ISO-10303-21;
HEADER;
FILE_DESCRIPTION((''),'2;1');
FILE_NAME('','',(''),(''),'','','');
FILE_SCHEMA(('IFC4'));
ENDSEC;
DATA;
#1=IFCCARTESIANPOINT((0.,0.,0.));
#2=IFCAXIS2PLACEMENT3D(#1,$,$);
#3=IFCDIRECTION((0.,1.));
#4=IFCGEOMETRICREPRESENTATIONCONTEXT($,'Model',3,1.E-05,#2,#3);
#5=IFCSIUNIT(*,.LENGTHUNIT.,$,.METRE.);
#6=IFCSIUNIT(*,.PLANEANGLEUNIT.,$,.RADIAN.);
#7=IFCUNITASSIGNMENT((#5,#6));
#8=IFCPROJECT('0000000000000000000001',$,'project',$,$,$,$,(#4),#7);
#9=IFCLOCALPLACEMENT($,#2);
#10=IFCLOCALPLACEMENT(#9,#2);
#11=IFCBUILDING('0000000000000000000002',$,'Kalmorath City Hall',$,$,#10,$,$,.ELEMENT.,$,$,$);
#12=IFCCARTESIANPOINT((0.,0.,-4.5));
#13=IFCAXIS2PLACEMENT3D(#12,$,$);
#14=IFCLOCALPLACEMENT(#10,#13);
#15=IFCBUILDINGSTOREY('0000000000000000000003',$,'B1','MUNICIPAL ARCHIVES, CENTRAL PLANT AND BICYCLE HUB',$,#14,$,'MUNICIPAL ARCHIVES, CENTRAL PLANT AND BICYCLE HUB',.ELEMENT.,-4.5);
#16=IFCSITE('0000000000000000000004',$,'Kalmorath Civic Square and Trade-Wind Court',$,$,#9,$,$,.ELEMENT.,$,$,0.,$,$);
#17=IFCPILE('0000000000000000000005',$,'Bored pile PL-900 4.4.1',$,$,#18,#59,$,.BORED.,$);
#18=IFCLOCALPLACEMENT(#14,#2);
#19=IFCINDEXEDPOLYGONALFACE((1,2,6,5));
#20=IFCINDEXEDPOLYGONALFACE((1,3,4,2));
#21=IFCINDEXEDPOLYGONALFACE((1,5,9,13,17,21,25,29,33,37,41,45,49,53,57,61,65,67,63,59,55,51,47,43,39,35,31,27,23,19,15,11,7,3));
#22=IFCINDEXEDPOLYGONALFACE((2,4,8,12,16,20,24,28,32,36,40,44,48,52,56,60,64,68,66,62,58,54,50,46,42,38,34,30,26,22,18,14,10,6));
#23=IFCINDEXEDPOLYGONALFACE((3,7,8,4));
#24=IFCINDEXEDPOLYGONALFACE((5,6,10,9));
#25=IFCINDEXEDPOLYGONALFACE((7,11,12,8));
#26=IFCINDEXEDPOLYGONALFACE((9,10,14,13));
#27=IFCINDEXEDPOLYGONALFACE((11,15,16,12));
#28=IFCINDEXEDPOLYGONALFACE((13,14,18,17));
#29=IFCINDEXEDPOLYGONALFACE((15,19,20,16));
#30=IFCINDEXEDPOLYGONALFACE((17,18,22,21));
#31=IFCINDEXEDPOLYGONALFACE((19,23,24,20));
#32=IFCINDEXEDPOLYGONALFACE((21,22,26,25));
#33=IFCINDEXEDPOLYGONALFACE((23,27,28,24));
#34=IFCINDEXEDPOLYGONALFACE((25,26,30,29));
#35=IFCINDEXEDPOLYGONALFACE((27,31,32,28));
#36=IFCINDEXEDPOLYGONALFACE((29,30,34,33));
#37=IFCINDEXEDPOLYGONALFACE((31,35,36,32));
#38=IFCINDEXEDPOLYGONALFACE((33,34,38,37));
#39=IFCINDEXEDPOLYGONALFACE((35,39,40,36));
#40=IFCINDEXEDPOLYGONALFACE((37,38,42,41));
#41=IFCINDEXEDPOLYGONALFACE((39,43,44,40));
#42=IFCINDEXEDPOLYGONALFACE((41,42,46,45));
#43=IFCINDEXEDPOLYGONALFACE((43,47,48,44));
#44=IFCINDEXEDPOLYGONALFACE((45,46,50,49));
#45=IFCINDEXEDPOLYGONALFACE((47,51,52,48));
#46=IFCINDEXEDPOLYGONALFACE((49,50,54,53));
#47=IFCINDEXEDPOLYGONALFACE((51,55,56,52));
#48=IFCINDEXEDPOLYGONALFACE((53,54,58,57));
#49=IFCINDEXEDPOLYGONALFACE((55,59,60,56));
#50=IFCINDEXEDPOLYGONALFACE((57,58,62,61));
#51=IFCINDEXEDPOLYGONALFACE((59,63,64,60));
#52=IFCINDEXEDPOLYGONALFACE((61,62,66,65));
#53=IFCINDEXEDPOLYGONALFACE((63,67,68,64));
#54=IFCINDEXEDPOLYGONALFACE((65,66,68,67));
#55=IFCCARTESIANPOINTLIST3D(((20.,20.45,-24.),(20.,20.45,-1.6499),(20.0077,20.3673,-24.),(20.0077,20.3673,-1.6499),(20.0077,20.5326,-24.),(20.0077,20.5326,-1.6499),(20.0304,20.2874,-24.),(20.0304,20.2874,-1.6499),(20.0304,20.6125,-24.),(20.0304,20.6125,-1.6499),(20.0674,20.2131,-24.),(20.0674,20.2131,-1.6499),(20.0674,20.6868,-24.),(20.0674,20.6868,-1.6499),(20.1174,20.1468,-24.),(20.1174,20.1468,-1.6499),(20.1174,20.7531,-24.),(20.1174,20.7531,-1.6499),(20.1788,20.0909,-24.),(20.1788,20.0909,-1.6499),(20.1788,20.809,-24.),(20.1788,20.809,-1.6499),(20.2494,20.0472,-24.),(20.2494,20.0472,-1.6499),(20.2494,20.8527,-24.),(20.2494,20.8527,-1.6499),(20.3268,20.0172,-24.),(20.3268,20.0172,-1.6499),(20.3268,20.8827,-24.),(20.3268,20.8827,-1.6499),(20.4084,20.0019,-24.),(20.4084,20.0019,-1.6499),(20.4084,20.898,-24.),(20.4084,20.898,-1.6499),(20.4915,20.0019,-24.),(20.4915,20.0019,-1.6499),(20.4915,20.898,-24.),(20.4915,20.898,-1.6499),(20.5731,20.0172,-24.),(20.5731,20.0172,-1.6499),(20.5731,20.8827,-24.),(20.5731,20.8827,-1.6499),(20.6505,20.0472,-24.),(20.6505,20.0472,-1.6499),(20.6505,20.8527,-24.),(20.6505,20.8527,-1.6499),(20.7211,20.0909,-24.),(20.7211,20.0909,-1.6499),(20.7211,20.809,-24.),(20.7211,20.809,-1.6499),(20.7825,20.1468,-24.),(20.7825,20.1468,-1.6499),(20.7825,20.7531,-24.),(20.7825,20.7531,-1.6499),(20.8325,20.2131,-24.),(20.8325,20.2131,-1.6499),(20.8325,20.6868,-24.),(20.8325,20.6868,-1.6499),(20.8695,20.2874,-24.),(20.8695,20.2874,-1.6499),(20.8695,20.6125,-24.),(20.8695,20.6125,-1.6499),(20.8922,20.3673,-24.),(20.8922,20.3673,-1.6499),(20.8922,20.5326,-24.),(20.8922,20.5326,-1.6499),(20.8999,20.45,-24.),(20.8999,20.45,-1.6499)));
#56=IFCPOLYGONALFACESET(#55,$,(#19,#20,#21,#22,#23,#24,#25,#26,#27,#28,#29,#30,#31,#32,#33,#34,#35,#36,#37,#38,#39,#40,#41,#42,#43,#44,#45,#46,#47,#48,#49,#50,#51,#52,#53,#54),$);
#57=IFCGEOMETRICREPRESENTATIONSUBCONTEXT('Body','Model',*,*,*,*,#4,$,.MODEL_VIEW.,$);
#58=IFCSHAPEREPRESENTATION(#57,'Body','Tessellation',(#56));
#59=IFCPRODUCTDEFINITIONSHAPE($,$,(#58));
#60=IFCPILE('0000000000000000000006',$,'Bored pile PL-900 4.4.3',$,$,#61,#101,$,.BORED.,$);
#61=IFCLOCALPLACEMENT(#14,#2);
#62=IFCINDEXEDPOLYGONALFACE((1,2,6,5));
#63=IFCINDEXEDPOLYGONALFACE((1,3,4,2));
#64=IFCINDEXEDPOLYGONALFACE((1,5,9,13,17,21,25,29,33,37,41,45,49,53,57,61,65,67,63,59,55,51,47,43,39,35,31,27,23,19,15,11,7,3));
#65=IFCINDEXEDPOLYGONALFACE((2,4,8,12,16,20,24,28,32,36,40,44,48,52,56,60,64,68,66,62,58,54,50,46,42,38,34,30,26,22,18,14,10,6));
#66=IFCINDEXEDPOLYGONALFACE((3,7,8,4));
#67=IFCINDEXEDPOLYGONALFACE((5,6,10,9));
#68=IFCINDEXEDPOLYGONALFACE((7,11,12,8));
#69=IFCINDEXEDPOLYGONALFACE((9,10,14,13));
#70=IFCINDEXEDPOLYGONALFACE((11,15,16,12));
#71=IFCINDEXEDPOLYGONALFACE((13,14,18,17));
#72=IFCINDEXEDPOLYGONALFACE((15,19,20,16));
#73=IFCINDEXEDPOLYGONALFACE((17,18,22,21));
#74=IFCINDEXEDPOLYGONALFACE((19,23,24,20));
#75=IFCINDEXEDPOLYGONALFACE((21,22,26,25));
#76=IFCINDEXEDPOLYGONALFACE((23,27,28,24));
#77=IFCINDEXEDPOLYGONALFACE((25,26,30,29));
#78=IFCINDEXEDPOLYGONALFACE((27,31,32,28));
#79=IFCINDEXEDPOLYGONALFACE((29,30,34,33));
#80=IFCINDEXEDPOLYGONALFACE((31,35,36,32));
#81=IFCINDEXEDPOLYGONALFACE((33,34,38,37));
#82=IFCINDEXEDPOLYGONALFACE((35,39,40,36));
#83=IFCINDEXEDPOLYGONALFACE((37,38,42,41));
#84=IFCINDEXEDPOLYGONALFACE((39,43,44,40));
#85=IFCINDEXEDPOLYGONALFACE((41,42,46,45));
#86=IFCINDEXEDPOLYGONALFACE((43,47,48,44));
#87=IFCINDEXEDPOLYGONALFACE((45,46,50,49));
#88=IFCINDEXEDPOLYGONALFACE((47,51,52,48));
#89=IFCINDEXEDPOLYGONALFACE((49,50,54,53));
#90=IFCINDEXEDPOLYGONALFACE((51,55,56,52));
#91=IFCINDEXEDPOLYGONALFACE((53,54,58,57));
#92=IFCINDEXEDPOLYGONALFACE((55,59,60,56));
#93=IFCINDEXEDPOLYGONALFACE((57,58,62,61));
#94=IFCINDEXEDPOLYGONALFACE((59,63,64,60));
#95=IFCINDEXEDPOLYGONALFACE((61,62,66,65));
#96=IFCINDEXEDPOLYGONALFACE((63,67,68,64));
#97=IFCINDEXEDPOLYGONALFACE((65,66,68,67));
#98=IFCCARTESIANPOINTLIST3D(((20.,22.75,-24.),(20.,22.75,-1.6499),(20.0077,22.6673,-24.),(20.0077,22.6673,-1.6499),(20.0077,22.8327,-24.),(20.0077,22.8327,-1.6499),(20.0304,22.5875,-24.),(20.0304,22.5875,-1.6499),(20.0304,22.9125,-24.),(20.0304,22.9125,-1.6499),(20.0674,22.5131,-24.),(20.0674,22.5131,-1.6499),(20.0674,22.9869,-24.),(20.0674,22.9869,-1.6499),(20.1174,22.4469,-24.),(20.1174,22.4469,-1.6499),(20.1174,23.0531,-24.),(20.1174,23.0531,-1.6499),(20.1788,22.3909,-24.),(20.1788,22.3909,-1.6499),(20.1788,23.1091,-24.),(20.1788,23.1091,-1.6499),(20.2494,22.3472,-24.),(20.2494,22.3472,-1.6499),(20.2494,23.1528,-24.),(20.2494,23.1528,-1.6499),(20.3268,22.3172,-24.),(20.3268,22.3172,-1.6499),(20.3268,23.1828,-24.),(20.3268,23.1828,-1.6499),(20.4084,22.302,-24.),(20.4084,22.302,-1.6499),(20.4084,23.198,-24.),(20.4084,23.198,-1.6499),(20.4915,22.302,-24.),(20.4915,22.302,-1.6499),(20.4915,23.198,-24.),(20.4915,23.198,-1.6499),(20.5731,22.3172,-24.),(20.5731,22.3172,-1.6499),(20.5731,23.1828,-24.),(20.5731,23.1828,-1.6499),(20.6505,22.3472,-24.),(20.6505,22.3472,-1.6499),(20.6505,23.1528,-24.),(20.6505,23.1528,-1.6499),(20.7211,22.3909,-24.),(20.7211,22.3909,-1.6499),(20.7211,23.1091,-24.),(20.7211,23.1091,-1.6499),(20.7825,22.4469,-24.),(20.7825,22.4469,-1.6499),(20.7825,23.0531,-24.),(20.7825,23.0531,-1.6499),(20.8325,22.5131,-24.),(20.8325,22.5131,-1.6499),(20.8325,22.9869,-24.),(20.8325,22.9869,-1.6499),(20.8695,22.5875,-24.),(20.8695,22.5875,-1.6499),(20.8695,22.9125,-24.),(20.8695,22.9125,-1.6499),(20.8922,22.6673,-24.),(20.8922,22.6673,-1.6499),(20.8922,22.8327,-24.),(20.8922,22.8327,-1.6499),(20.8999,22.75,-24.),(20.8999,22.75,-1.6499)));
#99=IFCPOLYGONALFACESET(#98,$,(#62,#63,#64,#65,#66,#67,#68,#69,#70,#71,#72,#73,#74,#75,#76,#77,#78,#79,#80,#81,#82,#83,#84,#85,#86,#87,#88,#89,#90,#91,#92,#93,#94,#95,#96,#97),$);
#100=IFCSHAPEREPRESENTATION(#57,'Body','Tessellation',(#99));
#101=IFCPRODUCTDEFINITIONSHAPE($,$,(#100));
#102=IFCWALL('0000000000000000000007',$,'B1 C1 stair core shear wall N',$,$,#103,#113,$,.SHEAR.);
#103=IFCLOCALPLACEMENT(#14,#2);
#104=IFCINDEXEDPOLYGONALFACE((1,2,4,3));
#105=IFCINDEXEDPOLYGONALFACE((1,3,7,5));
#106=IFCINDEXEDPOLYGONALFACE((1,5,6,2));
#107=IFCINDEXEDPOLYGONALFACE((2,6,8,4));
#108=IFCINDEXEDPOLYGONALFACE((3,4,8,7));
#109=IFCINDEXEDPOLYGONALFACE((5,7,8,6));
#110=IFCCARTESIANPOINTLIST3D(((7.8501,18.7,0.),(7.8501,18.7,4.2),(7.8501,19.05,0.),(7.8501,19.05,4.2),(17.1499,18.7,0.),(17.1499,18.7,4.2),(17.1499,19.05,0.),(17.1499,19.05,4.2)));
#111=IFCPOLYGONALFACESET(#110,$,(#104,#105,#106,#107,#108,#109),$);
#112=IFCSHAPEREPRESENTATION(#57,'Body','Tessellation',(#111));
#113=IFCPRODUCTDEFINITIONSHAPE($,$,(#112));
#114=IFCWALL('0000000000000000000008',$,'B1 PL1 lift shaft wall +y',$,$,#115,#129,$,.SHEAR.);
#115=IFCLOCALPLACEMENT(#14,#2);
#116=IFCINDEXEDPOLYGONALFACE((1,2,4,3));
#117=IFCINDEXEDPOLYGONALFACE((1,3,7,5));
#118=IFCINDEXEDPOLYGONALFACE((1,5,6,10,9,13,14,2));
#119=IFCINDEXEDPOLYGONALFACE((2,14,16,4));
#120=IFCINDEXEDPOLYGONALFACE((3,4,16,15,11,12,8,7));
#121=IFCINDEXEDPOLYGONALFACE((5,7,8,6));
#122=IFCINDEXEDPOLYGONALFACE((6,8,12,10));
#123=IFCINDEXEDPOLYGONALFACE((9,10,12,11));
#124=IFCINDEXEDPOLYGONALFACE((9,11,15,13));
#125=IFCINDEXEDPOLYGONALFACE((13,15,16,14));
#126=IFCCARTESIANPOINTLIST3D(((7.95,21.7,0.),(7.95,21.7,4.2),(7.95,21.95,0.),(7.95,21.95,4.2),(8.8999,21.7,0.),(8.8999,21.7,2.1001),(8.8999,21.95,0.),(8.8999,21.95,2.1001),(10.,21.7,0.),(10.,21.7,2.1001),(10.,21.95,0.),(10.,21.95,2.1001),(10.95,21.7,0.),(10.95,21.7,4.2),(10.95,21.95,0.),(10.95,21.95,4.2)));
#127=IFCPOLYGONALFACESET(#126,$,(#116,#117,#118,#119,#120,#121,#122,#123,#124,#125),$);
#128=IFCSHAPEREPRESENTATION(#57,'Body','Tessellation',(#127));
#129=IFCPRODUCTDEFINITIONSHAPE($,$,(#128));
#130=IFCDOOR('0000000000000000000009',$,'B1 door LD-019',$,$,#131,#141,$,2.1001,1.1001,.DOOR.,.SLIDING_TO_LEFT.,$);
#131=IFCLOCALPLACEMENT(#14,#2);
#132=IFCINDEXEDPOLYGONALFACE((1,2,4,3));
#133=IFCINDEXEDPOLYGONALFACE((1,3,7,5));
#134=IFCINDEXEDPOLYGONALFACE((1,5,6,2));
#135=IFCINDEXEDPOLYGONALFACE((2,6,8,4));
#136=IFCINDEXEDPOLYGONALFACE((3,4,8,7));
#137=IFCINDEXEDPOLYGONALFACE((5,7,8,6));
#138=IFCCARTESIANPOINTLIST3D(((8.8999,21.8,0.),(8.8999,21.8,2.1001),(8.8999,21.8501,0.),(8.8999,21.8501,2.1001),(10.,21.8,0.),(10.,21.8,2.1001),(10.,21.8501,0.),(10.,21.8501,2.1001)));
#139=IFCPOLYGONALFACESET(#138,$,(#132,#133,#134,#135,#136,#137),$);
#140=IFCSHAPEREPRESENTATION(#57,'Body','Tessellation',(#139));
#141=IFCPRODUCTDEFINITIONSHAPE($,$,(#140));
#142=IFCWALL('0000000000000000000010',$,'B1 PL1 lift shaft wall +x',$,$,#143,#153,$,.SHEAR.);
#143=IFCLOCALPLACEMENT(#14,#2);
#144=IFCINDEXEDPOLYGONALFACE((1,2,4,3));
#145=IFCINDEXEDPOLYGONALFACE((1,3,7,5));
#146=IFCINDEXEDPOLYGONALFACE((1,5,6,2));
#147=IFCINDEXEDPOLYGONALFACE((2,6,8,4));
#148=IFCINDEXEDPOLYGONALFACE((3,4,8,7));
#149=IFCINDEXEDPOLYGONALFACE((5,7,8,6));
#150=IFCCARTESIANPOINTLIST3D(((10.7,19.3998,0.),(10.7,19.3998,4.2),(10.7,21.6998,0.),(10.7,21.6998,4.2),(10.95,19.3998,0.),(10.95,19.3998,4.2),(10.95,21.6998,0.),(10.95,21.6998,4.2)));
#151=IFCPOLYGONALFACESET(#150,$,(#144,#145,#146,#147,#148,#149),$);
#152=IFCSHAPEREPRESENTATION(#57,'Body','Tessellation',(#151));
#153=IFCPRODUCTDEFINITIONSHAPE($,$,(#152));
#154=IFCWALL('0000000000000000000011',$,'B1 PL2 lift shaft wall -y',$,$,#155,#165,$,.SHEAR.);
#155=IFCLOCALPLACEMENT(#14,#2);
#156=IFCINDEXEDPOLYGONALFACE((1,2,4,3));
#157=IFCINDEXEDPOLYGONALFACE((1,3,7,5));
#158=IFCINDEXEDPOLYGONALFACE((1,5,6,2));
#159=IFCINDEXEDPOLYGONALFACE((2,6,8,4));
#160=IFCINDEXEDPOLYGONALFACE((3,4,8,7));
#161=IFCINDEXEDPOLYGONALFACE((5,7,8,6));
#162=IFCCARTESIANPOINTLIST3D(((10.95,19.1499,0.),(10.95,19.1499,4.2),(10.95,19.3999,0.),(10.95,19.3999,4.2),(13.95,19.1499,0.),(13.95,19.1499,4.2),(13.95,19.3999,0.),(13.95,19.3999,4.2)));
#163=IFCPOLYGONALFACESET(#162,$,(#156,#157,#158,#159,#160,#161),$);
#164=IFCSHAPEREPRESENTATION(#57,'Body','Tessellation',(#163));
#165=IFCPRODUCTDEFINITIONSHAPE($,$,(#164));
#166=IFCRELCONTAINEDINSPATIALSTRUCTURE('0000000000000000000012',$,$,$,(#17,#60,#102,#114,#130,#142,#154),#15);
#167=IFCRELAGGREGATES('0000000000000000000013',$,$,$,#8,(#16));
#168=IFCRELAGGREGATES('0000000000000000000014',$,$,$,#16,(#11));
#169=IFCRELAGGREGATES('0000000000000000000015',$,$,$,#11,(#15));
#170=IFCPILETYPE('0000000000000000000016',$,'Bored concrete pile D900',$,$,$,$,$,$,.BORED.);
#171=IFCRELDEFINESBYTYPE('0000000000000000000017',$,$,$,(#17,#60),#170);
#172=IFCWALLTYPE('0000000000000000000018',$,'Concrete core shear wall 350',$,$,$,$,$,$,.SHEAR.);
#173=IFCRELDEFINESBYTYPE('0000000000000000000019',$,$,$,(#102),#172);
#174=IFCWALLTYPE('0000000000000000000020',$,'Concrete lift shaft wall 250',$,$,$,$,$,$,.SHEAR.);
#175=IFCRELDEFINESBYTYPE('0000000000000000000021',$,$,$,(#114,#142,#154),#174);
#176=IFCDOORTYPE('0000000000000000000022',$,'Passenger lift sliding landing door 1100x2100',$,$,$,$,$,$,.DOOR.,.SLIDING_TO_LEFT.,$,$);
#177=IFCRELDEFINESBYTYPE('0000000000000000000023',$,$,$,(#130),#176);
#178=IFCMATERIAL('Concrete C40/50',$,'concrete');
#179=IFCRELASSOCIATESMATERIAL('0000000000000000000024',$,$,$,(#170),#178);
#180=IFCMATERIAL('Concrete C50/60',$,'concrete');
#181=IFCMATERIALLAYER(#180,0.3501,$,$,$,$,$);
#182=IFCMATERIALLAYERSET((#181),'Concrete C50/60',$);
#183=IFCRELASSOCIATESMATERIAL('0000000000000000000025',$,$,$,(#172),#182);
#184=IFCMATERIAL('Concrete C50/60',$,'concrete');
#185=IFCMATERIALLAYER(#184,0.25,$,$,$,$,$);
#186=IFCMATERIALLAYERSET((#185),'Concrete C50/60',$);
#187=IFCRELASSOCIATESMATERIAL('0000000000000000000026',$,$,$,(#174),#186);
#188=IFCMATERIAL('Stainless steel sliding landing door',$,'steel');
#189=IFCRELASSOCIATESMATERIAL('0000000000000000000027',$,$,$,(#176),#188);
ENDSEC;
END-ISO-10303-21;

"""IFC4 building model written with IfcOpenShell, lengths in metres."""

from ifc_helpers import new_model, si_unit, direction, frame, frame_2d, origin, origin_2d, place, context, subcontext, project, spatial, rectangle, circle, extrude, material, layer, layer_set, material_profile, profile_set, type_object, element, fill, save


model = new_model("IFC4")

# Units and contexts
model_context = context("Model", 3, precision=1e-05, world=origin(), true_north=direction((0.0, 1.0)))
body_context = subcontext(model_context, "Body", "Model", "MODEL_VIEW")
ifc_project = project(units=[si_unit("LENGTHUNIT", "METRE"), si_unit("PLANEANGLEUNIT", "RADIAN")], contexts=[model_context])

# Site, building, storey
site_placement = place(None, origin())
site = spatial("IfcSite", under=ifc_project, at=site_placement, Name="Kalmorath Civic Square and Trade-Wind Court", CompositionType="ELEMENT", RefElevation=0.0)
building_placement = place(site_placement, origin())
building = spatial("IfcBuilding", under=site, at=building_placement, Name="Kalmorath City Hall", CompositionType="ELEMENT")
storey_placement = place(building_placement, frame((0.0, 0.0, -4.5)))
storey = spatial("IfcBuildingStorey", under=building, at=storey_placement, Name="B1", Description="MUNICIPAL ARCHIVES, CENTRAL PLANT AND BICYCLE HUB", LongName="MUNICIPAL ARCHIVES, CENTRAL PLANT AND BICYCLE HUB", CompositionType="ELEMENT", Elevation=-4.5)

# Piles
ifc_material_1 = material(Name="Concrete C40/50", Category="concrete")
ifc_material_profile = material_profile(ifc_material_1, circle(Radius=0.45, at=origin_2d()), Name="PILE-D900")
ifc_profile_set = profile_set([ifc_material_profile], Name="Concrete C40/50")
pile_type = type_object("IfcPileType", Name="Bored concrete pile D900", PredefinedType="BORED", material=ifc_profile_set)
for number, where, z_axis, x_axis, name in (
    (1, (20.45, 20.45, -1.6499), (0.0, 0.0, -1.0), (1.0, 0.0, 0.0), "Bored pile PL-900 4.4.1"),
    (2, (20.45, 22.75, -1.6499), (0.0, 0.0, -1.0), (1.0, 0.0, 0.0), "Bored pile PL-900 4.4.3"),
):
    element("IfcPile", number, at=place(storey_placement, frame(where, z_axis=z_axis, x_axis=x_axis)), inside=storey, type_object=pile_type, Name=name, PredefinedType="BORED", context=body_context, shape_type="SweptSolid", body=[
        extrude(circle(Radius=0.45, at=origin_2d()), origin(), (0.0, 0.0, 1.0), 22.3501),
    ])

# Wall
ifc_material_2 = material(Name="Concrete C50/60", Category="concrete")
ifc_layer_1 = layer(ifc_material_2, 0.3501)
ifc_layer_set_1 = layer_set([ifc_layer_1], Name="Concrete C50/60")
wall_type_1 = type_object("IfcWallType", Name="Concrete core shear wall 350", PredefinedType="SHEAR", material=ifc_layer_set_1)
wall_1_placement = place(storey_placement, frame((17.1499, 18.875, 0.0), z_axis=(0.0, 0.0, 1.0), x_axis=(-1.0, 0.0, 0.0)))
element("IfcWall", 3, at=wall_1_placement, inside=storey, type_object=wall_type_1, Name="B1 C1 stair core shear wall N", PredefinedType="SHEAR", context=body_context, shape_type="SweptSolid", body=[
    extrude(rectangle(XDim=9.2998, YDim=0.3501, at=frame_2d((4.6499, 0.0))), origin(), (0.0, 0.0, 1.0), 4.2),
])

# Wall, opening, door
ifc_material_3 = material(Name="Concrete C50/60", Category="concrete")
ifc_layer_2 = layer(ifc_material_3, 0.25)
ifc_layer_set_2 = layer_set([ifc_layer_2], Name="Concrete C50/60")
wall_type_2 = type_object("IfcWallType", Name="Concrete lift shaft wall 250", PredefinedType="SHEAR", material=ifc_layer_set_2)
wall_2_placement = place(storey_placement, frame((10.95, 21.825, 0.0), z_axis=(0.0, 0.0, 1.0), x_axis=(-1.0, 0.0, 0.0)))
wall_2 = element("IfcWall", 4, at=wall_2_placement, inside=storey, type_object=wall_type_2, Name="B1 PL1 lift shaft wall +y", PredefinedType="SHEAR", context=body_context, shape_type="SweptSolid", body=[
    extrude(rectangle(XDim=3.0, YDim=0.25, at=frame_2d((1.5, 0.0))), origin(), (0.0, 0.0, 1.0), 4.2),
])
opening_1_placement = place(wall_2_placement, frame((0.95, 0.0, 0.0)))
opening_1 = element("IfcOpeningElement", 5, at=opening_1_placement, cuts=wall_2, PredefinedType="OPENING", context=body_context, shape_type="SweptSolid", body=[
    extrude(rectangle(XDim=1.1001, YDim=2.1001, at=frame_2d((0.55, 1.05))), frame((0.0, 0.135, 0.0), z_axis=(0.0, -1.0, 0.0), x_axis=(1.0, 0.0, 0.0)), (0.0, 0.0, 1.0), 0.27),
])
ifc_material_4 = material(Name="Stainless steel sliding landing door", Category="steel")
door_type_1 = type_object("IfcDoorType", Name="Passenger lift sliding landing door 1100x2100", OperationType="SLIDING_TO_LEFT", PredefinedType="DOOR", material=ifc_material_4)
door_1_placement = place(opening_1_placement, origin())
door_1 = element("IfcDoor", 6, at=door_1_placement, inside=storey, type_object=door_type_1, Name="B1 door LD-019", OperationType="SLIDING_TO_LEFT", OverallHeight=2.1001, OverallWidth=1.1001, PredefinedType="DOOR", context=body_context, shape_type="SweptSolid", body=[
    extrude(rectangle(XDim=1.1001, YDim=2.1001, at=frame_2d((0.55, 1.05))), frame((0.0, 0.0249, 0.0), z_axis=(0.0, -1.0, 0.0), x_axis=(1.0, 0.0, 0.0)), (0.0, 0.0, 1.0), 0.05),
])
fill(opening_1, door_1)

# Walls
wall_3_placement = place(storey_placement, frame((10.825, 19.3999, 0.0), z_axis=(0.0, 0.0, 1.0), x_axis=(0.0, 1.0, 0.0)))
element("IfcWall", 7, at=wall_3_placement, inside=storey, type_object=wall_type_2, Name="B1 PL1 lift shaft wall +x", PredefinedType="SHEAR", context=body_context, shape_type="SweptSolid", body=[
    extrude(rectangle(XDim=2.3, YDim=0.25, at=frame_2d((1.1499, 0.0))), origin(), (0.0, 0.0, 1.0), 4.2),
])
wall_4_placement = place(storey_placement, frame((10.95, 19.2749, 0.0), z_axis=(0.0, 0.0, 1.0), x_axis=(1.0, 0.0, 0.0)))
element("IfcWall", 8, at=wall_4_placement, inside=storey, type_object=wall_type_2, Name="B1 PL2 lift shaft wall -y", PredefinedType="SHEAR", context=body_context, shape_type="SweptSolid", body=[
    extrude(rectangle(XDim=3.0, YDim=0.25, at=frame_2d((1.5, 0.0))), origin(), (0.0, 0.0, 1.0), 4.2),
])

save(model, "model.ifc")
